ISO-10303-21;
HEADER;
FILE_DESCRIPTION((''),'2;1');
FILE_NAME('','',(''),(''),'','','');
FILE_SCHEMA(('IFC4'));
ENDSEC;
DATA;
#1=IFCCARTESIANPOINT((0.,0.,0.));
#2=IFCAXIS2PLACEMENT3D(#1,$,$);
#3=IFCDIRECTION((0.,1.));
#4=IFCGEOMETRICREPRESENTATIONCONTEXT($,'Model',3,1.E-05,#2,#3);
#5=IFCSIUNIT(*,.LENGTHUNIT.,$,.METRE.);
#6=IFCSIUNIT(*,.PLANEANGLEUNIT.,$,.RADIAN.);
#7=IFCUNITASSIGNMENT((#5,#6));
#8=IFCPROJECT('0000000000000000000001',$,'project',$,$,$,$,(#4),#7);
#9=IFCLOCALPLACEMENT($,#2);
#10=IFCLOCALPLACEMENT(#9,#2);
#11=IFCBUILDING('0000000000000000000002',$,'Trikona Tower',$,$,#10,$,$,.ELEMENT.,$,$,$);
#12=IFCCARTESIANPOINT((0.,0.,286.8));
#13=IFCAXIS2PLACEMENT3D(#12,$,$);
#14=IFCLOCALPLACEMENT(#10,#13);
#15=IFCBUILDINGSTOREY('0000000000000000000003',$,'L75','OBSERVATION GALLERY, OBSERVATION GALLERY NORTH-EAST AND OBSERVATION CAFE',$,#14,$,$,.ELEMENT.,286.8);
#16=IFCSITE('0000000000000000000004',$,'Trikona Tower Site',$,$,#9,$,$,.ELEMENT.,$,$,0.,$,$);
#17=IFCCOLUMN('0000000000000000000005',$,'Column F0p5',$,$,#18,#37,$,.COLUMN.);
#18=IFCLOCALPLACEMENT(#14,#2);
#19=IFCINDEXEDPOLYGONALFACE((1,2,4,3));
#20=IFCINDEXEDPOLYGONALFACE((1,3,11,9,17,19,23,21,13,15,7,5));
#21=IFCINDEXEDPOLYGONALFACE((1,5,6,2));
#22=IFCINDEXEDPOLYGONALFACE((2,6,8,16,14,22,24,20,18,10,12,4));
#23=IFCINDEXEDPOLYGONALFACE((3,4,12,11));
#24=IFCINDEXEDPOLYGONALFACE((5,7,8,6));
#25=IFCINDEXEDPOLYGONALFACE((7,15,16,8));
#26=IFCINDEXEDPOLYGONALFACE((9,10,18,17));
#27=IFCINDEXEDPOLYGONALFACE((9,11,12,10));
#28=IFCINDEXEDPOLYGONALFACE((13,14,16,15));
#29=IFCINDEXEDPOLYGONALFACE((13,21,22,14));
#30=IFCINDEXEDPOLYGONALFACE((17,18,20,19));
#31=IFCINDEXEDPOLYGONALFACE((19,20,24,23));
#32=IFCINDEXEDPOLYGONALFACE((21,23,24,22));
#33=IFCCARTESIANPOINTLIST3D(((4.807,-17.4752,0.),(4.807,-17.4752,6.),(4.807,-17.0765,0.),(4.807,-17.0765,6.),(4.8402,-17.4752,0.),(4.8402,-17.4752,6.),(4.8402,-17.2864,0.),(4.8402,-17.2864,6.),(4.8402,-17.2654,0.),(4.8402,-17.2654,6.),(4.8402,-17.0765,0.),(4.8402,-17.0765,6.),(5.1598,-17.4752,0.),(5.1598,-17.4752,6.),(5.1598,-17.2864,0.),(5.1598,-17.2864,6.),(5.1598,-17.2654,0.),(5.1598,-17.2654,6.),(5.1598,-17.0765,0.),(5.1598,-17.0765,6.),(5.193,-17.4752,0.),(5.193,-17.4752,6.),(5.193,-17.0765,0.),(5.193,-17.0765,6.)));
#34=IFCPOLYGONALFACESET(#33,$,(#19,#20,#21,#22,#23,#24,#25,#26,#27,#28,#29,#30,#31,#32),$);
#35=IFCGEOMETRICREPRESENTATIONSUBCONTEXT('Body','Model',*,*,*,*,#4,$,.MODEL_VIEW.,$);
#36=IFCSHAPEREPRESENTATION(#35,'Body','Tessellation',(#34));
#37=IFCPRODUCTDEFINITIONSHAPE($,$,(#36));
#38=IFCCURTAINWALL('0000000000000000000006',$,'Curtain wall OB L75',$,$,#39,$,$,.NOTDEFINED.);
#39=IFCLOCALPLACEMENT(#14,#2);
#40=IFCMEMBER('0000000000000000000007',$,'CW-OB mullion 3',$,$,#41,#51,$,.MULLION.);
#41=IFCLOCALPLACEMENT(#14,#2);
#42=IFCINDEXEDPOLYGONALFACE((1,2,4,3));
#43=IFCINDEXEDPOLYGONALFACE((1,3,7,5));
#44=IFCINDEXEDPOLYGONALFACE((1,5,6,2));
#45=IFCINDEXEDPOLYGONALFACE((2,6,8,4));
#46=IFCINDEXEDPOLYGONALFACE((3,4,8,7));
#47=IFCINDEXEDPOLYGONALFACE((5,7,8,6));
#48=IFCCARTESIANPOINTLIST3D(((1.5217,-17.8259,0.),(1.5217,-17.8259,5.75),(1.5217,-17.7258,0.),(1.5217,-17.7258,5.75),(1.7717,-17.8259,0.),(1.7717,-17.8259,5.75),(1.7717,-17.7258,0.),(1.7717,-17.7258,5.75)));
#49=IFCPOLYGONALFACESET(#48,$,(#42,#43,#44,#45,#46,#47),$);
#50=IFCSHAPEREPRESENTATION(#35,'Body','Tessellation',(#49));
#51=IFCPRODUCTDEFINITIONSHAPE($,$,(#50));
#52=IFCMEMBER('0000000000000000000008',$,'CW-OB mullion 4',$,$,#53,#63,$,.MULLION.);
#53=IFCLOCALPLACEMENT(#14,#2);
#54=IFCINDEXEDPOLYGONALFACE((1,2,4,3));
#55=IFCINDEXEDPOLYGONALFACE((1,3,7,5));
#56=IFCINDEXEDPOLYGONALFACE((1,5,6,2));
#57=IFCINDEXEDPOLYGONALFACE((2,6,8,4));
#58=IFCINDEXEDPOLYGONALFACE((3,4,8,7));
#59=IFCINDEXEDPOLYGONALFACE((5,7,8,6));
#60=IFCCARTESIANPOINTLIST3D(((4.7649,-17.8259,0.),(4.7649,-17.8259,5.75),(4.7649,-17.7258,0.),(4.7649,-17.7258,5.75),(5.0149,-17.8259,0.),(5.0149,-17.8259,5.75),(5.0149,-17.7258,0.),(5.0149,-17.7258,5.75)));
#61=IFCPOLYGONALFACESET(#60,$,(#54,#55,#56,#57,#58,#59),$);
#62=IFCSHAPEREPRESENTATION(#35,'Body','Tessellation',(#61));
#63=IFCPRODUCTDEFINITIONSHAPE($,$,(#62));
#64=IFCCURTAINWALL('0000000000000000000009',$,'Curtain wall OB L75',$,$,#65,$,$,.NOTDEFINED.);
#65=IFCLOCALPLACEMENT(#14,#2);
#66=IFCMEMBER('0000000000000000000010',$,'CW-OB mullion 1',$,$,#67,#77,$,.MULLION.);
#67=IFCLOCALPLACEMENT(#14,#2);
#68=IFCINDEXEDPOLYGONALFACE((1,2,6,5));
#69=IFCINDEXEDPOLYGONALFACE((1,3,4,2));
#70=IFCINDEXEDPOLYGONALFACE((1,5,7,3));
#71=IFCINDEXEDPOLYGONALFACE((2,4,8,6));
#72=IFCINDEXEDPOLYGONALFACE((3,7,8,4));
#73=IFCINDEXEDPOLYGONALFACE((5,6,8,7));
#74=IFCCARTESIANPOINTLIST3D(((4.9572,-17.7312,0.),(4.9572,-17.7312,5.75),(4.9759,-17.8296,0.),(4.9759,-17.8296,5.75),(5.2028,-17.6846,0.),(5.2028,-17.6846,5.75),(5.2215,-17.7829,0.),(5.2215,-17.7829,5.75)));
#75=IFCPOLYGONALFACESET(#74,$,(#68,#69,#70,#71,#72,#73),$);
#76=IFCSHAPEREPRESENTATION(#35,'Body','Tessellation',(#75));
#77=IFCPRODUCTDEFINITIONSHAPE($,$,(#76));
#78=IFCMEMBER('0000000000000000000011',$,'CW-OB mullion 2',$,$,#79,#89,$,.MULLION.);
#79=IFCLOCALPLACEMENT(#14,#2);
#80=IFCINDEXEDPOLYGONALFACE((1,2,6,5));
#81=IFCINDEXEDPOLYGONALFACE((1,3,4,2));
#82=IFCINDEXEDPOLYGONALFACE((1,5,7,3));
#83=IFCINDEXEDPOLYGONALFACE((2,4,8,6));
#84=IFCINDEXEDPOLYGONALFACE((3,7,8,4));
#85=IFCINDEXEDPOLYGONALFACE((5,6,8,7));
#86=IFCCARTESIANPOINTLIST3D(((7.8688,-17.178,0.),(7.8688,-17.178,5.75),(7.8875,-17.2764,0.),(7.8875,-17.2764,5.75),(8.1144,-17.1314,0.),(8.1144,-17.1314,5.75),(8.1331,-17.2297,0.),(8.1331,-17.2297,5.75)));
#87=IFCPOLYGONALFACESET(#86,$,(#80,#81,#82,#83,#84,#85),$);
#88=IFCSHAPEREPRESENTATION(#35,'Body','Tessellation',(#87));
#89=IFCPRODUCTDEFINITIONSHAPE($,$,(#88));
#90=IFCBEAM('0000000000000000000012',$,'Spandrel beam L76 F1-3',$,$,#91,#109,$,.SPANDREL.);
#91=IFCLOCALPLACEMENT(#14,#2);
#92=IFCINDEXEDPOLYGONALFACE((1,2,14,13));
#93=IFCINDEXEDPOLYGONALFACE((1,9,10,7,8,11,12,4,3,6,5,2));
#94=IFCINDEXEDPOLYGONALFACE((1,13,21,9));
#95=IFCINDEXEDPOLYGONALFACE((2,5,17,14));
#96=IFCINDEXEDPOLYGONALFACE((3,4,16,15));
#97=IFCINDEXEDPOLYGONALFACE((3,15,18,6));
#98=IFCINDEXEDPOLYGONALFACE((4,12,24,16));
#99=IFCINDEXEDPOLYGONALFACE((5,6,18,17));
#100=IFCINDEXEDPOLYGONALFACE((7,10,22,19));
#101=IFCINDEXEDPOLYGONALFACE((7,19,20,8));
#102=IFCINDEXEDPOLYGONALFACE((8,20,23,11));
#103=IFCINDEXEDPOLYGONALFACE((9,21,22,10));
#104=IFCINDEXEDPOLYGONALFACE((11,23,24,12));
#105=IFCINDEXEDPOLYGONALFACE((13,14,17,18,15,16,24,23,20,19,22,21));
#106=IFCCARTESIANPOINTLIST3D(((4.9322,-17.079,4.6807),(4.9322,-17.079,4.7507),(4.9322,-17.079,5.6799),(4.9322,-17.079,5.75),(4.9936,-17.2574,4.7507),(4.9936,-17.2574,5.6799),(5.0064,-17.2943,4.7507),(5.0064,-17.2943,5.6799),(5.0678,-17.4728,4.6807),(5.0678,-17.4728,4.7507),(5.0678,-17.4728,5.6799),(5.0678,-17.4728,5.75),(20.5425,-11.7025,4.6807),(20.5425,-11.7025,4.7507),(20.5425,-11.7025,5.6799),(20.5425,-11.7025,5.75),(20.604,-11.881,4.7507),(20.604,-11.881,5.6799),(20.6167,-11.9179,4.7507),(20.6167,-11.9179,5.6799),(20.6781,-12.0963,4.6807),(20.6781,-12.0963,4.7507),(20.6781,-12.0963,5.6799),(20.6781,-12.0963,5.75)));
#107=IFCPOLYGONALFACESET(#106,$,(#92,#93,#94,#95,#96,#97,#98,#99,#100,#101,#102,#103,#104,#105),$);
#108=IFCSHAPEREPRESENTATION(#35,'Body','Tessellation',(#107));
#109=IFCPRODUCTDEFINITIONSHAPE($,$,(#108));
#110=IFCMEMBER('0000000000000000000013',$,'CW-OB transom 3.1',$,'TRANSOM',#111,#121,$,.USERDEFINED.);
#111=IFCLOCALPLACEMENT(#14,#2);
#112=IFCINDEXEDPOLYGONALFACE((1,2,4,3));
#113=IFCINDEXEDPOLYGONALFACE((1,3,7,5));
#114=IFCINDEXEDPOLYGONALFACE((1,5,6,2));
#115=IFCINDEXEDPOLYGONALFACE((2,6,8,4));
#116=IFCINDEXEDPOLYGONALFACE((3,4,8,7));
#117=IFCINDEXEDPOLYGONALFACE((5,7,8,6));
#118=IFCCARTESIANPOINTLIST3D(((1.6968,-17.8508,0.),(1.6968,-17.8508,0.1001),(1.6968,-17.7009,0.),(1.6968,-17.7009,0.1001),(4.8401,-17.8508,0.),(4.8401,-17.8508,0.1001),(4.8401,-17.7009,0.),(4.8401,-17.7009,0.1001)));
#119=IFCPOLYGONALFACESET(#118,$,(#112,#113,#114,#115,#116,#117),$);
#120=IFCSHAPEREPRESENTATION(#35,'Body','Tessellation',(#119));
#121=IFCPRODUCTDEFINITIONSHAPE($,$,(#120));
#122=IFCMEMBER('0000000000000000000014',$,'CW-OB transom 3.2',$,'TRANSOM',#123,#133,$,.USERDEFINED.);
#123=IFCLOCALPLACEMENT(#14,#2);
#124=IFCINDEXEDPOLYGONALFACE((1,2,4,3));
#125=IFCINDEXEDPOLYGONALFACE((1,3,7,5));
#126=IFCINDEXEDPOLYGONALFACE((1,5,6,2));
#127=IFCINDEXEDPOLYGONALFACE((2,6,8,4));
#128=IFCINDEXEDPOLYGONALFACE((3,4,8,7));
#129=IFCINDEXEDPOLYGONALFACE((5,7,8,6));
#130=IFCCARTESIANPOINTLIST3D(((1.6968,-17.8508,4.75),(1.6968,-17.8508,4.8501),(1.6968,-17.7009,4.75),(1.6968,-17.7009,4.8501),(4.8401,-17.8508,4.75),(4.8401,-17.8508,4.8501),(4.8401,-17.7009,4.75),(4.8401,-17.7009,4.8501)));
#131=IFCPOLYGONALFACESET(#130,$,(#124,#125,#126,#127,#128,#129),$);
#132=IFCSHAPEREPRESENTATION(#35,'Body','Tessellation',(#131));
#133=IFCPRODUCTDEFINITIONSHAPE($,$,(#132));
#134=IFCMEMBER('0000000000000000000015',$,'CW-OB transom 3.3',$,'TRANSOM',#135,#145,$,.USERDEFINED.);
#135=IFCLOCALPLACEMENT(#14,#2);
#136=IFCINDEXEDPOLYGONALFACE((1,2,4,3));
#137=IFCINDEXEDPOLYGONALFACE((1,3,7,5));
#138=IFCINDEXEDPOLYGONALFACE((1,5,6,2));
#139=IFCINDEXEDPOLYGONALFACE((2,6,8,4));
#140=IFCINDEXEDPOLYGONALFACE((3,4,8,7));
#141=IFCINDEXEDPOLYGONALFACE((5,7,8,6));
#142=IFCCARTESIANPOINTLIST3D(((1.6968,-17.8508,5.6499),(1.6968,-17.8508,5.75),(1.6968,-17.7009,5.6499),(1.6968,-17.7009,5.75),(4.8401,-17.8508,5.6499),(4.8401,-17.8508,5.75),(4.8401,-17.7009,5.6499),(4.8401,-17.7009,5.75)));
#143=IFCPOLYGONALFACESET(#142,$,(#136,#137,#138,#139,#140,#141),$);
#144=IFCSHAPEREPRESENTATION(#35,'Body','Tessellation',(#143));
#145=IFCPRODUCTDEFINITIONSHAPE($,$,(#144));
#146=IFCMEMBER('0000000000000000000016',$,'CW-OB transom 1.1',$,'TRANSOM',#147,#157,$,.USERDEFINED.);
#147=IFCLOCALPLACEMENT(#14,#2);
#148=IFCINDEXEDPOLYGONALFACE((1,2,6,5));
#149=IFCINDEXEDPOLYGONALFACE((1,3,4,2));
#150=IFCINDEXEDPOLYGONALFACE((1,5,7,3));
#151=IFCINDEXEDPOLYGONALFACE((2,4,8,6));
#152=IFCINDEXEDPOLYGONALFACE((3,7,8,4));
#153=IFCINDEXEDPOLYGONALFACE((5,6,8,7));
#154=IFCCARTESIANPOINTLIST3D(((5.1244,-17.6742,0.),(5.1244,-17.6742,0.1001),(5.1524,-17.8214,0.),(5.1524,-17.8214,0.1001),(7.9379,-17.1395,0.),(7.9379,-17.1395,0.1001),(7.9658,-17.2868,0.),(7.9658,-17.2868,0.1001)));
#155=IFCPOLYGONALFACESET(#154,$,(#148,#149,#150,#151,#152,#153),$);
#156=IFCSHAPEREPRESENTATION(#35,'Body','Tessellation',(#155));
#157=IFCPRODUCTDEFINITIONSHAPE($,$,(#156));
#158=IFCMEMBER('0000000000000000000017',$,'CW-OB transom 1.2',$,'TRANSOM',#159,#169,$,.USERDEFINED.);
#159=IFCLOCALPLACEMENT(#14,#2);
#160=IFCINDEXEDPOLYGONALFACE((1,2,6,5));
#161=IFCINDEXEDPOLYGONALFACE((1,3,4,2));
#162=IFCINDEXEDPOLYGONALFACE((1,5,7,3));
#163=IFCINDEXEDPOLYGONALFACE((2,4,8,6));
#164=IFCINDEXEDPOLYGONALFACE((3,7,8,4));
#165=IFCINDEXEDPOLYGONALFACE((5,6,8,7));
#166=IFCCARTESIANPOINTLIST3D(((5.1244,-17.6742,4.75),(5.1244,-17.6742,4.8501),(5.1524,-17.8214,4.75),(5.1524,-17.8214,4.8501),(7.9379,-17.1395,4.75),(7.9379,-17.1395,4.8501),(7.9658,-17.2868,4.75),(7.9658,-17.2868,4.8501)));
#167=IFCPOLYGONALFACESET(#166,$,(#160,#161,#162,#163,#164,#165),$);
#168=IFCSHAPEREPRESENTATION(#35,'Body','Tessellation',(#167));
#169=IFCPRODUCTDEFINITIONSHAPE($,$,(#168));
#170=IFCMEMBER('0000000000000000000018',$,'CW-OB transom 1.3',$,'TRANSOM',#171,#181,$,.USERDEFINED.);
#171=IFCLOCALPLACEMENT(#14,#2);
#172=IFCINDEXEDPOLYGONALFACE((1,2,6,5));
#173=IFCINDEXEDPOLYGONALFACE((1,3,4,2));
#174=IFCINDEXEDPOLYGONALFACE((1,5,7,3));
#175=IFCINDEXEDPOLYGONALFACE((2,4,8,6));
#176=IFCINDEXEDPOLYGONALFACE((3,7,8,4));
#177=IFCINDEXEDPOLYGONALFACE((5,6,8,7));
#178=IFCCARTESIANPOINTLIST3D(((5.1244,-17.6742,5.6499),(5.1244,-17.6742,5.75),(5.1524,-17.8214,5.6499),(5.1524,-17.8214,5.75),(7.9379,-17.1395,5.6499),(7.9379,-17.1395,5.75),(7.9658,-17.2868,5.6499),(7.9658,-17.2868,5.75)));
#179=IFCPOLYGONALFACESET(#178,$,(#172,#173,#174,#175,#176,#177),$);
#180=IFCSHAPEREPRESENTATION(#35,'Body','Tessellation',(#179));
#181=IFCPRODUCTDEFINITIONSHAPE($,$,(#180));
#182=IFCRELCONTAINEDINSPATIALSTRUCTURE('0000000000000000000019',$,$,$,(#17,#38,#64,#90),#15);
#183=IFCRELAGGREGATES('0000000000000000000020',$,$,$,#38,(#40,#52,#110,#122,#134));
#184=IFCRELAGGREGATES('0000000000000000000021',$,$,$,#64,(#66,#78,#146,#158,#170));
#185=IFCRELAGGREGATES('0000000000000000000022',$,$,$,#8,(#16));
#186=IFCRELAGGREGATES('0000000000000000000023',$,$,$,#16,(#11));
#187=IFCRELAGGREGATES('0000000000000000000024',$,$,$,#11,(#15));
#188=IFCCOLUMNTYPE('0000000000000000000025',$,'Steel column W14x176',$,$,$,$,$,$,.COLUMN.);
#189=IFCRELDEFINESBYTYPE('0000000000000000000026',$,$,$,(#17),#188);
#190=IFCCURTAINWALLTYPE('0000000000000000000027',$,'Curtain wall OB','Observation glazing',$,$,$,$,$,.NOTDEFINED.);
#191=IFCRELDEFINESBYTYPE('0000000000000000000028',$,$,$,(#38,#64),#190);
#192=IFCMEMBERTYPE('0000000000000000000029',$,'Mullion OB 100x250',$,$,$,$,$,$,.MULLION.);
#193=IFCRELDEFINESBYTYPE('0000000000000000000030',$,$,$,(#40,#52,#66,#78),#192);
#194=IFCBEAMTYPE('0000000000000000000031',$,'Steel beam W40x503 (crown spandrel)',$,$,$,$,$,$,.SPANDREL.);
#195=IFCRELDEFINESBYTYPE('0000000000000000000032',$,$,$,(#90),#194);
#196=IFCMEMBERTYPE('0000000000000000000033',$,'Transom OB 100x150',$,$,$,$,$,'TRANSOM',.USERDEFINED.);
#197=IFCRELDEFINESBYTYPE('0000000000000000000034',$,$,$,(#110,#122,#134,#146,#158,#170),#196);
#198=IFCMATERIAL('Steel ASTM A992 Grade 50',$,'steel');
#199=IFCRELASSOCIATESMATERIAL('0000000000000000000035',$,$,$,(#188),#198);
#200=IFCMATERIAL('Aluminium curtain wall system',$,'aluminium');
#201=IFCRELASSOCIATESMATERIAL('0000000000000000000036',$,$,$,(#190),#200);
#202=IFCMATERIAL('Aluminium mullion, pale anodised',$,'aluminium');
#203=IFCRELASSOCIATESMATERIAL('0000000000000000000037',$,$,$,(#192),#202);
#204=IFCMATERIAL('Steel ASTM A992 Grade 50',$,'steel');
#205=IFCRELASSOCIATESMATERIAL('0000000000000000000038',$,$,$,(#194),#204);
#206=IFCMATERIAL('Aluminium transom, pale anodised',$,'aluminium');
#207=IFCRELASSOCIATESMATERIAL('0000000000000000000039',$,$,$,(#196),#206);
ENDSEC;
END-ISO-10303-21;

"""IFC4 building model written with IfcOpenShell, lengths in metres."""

from ifc_helpers import new_model, si_unit, direction, frame, origin, origin_2d, place, context, subcontext, project, spatial, rectangle, i_section, extrude, material, material_profile, profile_set, type_object, element, aggregate, save


model = new_model("IFC4")

# Units and contexts
model_context = context("Model", 3, precision=1e-05, world=origin(), true_north=direction((0.0, 1.0)))
body_context = subcontext(model_context, "Body", "Model", "MODEL_VIEW")
ifc_project = project(units=[si_unit("LENGTHUNIT", "METRE"), si_unit("PLANEANGLEUNIT", "RADIAN")], contexts=[model_context])

# Site, building, storey
site_placement = place(None, origin())
site = spatial("IfcSite", under=ifc_project, at=site_placement, Name="Trikona Tower Site", CompositionType="ELEMENT", RefElevation=0.0)
building_placement = place(site_placement, origin())
building = spatial("IfcBuilding", under=site, at=building_placement, Name="Trikona Tower", CompositionType="ELEMENT")
storey_placement = place(building_placement, frame((0.0, 0.0, 286.8)))
storey = spatial("IfcBuildingStorey", under=building, at=storey_placement, Name="L75", Description="OBSERVATION GALLERY, OBSERVATION GALLERY NORTH-EAST AND OBSERVATION CAFE", CompositionType="ELEMENT", Elevation=286.8)

# Column
ifc_material_1 = material(Name="Steel ASTM A992 Grade 50", Category="steel")
ifc_material_profile_1 = material_profile(ifc_material_1, i_section(OverallWidth=0.3987, OverallDepth=0.386, WebThickness=0.021, FlangeThickness=0.0332, at=origin_2d()), Name="W14X176")
ifc_profile_set_1 = profile_set([ifc_material_profile_1], Name="Steel ASTM A992 Grade 50")
column_type = type_object("IfcColumnType", Name="Steel column W14x176", PredefinedType="COLUMN", material=ifc_profile_set_1)
column_placement = place(storey_placement, frame((5.0, -17.2759, 0.0), z_axis=(0.0, 0.0, 1.0), x_axis=(0.0, -1.0, 0.0)))
element("IfcColumn", 1, at=column_placement, inside=storey, type_object=column_type, Name="Column F0p5", PredefinedType="COLUMN", context=body_context, shape_type="SweptSolid", body=[
    extrude(i_section(OverallWidth=0.3987, OverallDepth=0.386, WebThickness=0.021, FlangeThickness=0.0332, at=origin_2d()), origin(), (0.0, 0.0, 1.0), 6.0),
])

# Curtain walls, members
ifc_material_2 = material(Name="Aluminium curtain wall system", Category="aluminium")
curtain_wall_type = type_object("IfcCurtainWallType", Name="Curtain wall OB", Description="Observation glazing", PredefinedType="NOTDEFINED", material=ifc_material_2)
curtain_wall_1_placement = place(storey_placement, origin())
curtain_wall_1 = element("IfcCurtainWall", 2, at=curtain_wall_1_placement, inside=storey, type_object=curtain_wall_type, Name="Curtain wall OB L75", PredefinedType="NOTDEFINED")
ifc_material_3 = material(Name="Aluminium mullion, pale anodised", Category="aluminium")
ifc_material_profile_2 = material_profile(ifc_material_3, rectangle(XDim=0.1001, YDim=0.25, at=origin_2d()), Name="MUL-OB")
ifc_profile_set_2 = profile_set([ifc_material_profile_2], Name="Aluminium mullion, pale anodised")
member_type_1 = type_object("IfcMemberType", Name="Mullion OB 100x250", PredefinedType="MULLION", material=ifc_profile_set_2)
member_1_placement = place(storey_placement, frame((1.6467, -17.7759, 0.0), z_axis=(0.0, 0.0, 1.0), x_axis=(0.0, 1.0, 0.0)))
member_1 = element("IfcMember", 3, at=member_1_placement, type_object=member_type_1, Name="CW-OB mullion 3", PredefinedType="MULLION", context=body_context, shape_type="SweptSolid", body=[
    extrude(rectangle(XDim=0.1001, YDim=0.25, at=origin_2d()), origin(), (0.0, 0.0, 1.0), 5.75),
])
member_2_placement = place(storey_placement, frame((4.8899, -17.7759, 0.0), z_axis=(0.0, 0.0, 1.0), x_axis=(0.0, 1.0, 0.0)))
member_2 = element("IfcMember", 4, at=member_2_placement, type_object=member_type_1, Name="CW-OB mullion 4", PredefinedType="MULLION", context=body_context, shape_type="SweptSolid", body=[
    extrude(rectangle(XDim=0.1001, YDim=0.25, at=origin_2d()), origin(), (0.0, 0.0, 1.0), 5.75),
])
curtain_wall_2_placement = place(storey_placement, origin())
curtain_wall_2 = element("IfcCurtainWall", 5, at=curtain_wall_2_placement, inside=storey, type_object=curtain_wall_type, Name="Curtain wall OB L75", PredefinedType="NOTDEFINED")
member_3_placement = place(storey_placement, frame((5.0894, -17.7571, 0.0), z_axis=(0.0, 0.0, 1.0), x_axis=(-0.186661, 0.982424, 0.0)))
member_3 = element("IfcMember", 6, at=member_3_placement, type_object=member_type_1, Name="CW-OB mullion 1", PredefinedType="MULLION", context=body_context, shape_type="SweptSolid", body=[
    extrude(rectangle(XDim=0.1001, YDim=0.25, at=origin_2d()), origin(), (0.0, 0.0, 1.0), 5.75),
])
member_4_placement = place(storey_placement, frame((8.001, -17.2039, 0.0), z_axis=(0.0, 0.0, 1.0), x_axis=(-0.186661, 0.982424, 0.0)))
member_4 = element("IfcMember", 7, at=member_4_placement, type_object=member_type_1, Name="CW-OB mullion 2", PredefinedType="MULLION", context=body_context, shape_type="SweptSolid", body=[
    extrude(rectangle(XDim=0.1001, YDim=0.25, at=origin_2d()), origin(), (0.0, 0.0, 1.0), 5.75),
])

# Beam
ifc_material_4 = material(Name="Steel ASTM A992 Grade 50", Category="steel")
ifc_material_profile_3 = material_profile(ifc_material_4, i_section(OverallWidth=0.4165, OverallDepth=1.0693, WebThickness=0.0391, FlangeThickness=0.0701, at=origin_2d()), Name="W40X503")
ifc_profile_set_3 = profile_set([ifc_material_profile_3], Name="Steel ASTM A992 Grade 50")
beam_type = type_object("IfcBeamType", Name="Steel beam W40x503 (crown spandrel)", PredefinedType="SPANDREL", material=ifc_profile_set_3)
beam_placement = place(storey_placement, frame((5.0, -17.2759, 5.2153), z_axis=(0.945493, 0.325643, 0.0), x_axis=(-0.325643, 0.945493, 0.0)))
element("IfcBeam", 8, at=beam_placement, inside=storey, type_object=beam_type, Name="Spandrel beam L76 F1-3", PredefinedType="SPANDREL", context=body_context, shape_type="SweptSolid", body=[
    extrude(i_section(OverallWidth=0.4165, OverallDepth=1.0693, WebThickness=0.0391, FlangeThickness=0.0701, at=origin_2d()), origin(), (0.0, 0.0, 1.0), 16.5103),
])

# Members
ifc_material_5 = material(Name="Aluminium transom, pale anodised", Category="aluminium")
ifc_material_profile_4 = material_profile(ifc_material_5, rectangle(XDim=0.1499, YDim=0.1001, at=origin_2d()), Name="TRN-OB")
ifc_profile_set_4 = profile_set([ifc_material_profile_4], Name="Aluminium transom, pale anodised")
member_type_2 = type_object("IfcMemberType", Name="Transom OB 100x150", ElementType="TRANSOM", PredefinedType="USERDEFINED", material=ifc_profile_set_4)
member_5_placement = place(storey_placement, frame((1.6968, -17.7759, 0.05), z_axis=(1.0, 0.0, 0.0), x_axis=(0.0, 1.0, 0.0)))
member_5 = element("IfcMember", 9, at=member_5_placement, type_object=member_type_2, Name="CW-OB transom 3.1", ObjectType="TRANSOM", PredefinedType="USERDEFINED", context=body_context, shape_type="SweptSolid", body=[
    extrude(rectangle(XDim=0.1499, YDim=0.1001, at=origin_2d()), origin(), (0.0, 0.0, 1.0), 3.1433),
])
member_6_placement = place(storey_placement, frame((1.6968, -17.7759, 4.8), z_axis=(1.0, 0.0, 0.0), x_axis=(0.0, 1.0, 0.0)))
member_6 = element("IfcMember", 10, at=member_6_placement, type_object=member_type_2, Name="CW-OB transom 3.2", ObjectType="TRANSOM", PredefinedType="USERDEFINED", context=body_context, shape_type="SweptSolid", body=[
    extrude(rectangle(XDim=0.1499, YDim=0.1001, at=origin_2d()), origin(), (0.0, 0.0, 1.0), 3.1433),
])
member_7_placement = place(storey_placement, frame((1.6968, -17.7759, 5.7), z_axis=(1.0, 0.0, 0.0), x_axis=(0.0, 1.0, 0.0)))
member_7 = element("IfcMember", 11, at=member_7_placement, type_object=member_type_2, Name="CW-OB transom 3.3", ObjectType="TRANSOM", PredefinedType="USERDEFINED", context=body_context, shape_type="SweptSolid", body=[
    extrude(rectangle(XDim=0.1499, YDim=0.1001, at=origin_2d()), origin(), (0.0, 0.0, 1.0), 3.1433),
])
member_8_placement = place(storey_placement, frame((5.1384, -17.7478, 0.05), z_axis=(0.982418, 0.186697, 0.0), x_axis=(-0.186697, 0.982418, 0.0)))
member_8 = element("IfcMember", 12, at=member_8_placement, type_object=member_type_2, Name="CW-OB transom 1.1", ObjectType="TRANSOM", PredefinedType="USERDEFINED", context=body_context, shape_type="SweptSolid", body=[
    extrude(rectangle(XDim=0.1499, YDim=0.1001, at=origin_2d()), origin(), (0.0, 0.0, 1.0), 2.8638),
])
member_9_placement = place(storey_placement, frame((5.1384, -17.7478, 4.8), z_axis=(0.982418, 0.186697, 0.0), x_axis=(-0.186697, 0.982418, 0.0)))
member_9 = element("IfcMember", 13, at=member_9_placement, type_object=member_type_2, Name="CW-OB transom 1.2", ObjectType="TRANSOM", PredefinedType="USERDEFINED", context=body_context, shape_type="SweptSolid", body=[
    extrude(rectangle(XDim=0.1499, YDim=0.1001, at=origin_2d()), origin(), (0.0, 0.0, 1.0), 2.8638),
])
member_10_placement = place(storey_placement, frame((5.1384, -17.7478, 5.7), z_axis=(0.982418, 0.186697, 0.0), x_axis=(-0.186697, 0.982418, 0.0)))
member_10 = element("IfcMember", 14, at=member_10_placement, type_object=member_type_2, Name="CW-OB transom 1.3", ObjectType="TRANSOM", PredefinedType="USERDEFINED", context=body_context, shape_type="SweptSolid", body=[
    extrude(rectangle(XDim=0.1499, YDim=0.1001, at=origin_2d()), origin(), (0.0, 0.0, 1.0), 2.8638),
])

aggregate(curtain_wall_1, [member_1, member_2, member_5, member_6, member_7])
aggregate(curtain_wall_2, [member_3, member_4, member_8, member_9, member_10])

save(model, "model.ifc")
